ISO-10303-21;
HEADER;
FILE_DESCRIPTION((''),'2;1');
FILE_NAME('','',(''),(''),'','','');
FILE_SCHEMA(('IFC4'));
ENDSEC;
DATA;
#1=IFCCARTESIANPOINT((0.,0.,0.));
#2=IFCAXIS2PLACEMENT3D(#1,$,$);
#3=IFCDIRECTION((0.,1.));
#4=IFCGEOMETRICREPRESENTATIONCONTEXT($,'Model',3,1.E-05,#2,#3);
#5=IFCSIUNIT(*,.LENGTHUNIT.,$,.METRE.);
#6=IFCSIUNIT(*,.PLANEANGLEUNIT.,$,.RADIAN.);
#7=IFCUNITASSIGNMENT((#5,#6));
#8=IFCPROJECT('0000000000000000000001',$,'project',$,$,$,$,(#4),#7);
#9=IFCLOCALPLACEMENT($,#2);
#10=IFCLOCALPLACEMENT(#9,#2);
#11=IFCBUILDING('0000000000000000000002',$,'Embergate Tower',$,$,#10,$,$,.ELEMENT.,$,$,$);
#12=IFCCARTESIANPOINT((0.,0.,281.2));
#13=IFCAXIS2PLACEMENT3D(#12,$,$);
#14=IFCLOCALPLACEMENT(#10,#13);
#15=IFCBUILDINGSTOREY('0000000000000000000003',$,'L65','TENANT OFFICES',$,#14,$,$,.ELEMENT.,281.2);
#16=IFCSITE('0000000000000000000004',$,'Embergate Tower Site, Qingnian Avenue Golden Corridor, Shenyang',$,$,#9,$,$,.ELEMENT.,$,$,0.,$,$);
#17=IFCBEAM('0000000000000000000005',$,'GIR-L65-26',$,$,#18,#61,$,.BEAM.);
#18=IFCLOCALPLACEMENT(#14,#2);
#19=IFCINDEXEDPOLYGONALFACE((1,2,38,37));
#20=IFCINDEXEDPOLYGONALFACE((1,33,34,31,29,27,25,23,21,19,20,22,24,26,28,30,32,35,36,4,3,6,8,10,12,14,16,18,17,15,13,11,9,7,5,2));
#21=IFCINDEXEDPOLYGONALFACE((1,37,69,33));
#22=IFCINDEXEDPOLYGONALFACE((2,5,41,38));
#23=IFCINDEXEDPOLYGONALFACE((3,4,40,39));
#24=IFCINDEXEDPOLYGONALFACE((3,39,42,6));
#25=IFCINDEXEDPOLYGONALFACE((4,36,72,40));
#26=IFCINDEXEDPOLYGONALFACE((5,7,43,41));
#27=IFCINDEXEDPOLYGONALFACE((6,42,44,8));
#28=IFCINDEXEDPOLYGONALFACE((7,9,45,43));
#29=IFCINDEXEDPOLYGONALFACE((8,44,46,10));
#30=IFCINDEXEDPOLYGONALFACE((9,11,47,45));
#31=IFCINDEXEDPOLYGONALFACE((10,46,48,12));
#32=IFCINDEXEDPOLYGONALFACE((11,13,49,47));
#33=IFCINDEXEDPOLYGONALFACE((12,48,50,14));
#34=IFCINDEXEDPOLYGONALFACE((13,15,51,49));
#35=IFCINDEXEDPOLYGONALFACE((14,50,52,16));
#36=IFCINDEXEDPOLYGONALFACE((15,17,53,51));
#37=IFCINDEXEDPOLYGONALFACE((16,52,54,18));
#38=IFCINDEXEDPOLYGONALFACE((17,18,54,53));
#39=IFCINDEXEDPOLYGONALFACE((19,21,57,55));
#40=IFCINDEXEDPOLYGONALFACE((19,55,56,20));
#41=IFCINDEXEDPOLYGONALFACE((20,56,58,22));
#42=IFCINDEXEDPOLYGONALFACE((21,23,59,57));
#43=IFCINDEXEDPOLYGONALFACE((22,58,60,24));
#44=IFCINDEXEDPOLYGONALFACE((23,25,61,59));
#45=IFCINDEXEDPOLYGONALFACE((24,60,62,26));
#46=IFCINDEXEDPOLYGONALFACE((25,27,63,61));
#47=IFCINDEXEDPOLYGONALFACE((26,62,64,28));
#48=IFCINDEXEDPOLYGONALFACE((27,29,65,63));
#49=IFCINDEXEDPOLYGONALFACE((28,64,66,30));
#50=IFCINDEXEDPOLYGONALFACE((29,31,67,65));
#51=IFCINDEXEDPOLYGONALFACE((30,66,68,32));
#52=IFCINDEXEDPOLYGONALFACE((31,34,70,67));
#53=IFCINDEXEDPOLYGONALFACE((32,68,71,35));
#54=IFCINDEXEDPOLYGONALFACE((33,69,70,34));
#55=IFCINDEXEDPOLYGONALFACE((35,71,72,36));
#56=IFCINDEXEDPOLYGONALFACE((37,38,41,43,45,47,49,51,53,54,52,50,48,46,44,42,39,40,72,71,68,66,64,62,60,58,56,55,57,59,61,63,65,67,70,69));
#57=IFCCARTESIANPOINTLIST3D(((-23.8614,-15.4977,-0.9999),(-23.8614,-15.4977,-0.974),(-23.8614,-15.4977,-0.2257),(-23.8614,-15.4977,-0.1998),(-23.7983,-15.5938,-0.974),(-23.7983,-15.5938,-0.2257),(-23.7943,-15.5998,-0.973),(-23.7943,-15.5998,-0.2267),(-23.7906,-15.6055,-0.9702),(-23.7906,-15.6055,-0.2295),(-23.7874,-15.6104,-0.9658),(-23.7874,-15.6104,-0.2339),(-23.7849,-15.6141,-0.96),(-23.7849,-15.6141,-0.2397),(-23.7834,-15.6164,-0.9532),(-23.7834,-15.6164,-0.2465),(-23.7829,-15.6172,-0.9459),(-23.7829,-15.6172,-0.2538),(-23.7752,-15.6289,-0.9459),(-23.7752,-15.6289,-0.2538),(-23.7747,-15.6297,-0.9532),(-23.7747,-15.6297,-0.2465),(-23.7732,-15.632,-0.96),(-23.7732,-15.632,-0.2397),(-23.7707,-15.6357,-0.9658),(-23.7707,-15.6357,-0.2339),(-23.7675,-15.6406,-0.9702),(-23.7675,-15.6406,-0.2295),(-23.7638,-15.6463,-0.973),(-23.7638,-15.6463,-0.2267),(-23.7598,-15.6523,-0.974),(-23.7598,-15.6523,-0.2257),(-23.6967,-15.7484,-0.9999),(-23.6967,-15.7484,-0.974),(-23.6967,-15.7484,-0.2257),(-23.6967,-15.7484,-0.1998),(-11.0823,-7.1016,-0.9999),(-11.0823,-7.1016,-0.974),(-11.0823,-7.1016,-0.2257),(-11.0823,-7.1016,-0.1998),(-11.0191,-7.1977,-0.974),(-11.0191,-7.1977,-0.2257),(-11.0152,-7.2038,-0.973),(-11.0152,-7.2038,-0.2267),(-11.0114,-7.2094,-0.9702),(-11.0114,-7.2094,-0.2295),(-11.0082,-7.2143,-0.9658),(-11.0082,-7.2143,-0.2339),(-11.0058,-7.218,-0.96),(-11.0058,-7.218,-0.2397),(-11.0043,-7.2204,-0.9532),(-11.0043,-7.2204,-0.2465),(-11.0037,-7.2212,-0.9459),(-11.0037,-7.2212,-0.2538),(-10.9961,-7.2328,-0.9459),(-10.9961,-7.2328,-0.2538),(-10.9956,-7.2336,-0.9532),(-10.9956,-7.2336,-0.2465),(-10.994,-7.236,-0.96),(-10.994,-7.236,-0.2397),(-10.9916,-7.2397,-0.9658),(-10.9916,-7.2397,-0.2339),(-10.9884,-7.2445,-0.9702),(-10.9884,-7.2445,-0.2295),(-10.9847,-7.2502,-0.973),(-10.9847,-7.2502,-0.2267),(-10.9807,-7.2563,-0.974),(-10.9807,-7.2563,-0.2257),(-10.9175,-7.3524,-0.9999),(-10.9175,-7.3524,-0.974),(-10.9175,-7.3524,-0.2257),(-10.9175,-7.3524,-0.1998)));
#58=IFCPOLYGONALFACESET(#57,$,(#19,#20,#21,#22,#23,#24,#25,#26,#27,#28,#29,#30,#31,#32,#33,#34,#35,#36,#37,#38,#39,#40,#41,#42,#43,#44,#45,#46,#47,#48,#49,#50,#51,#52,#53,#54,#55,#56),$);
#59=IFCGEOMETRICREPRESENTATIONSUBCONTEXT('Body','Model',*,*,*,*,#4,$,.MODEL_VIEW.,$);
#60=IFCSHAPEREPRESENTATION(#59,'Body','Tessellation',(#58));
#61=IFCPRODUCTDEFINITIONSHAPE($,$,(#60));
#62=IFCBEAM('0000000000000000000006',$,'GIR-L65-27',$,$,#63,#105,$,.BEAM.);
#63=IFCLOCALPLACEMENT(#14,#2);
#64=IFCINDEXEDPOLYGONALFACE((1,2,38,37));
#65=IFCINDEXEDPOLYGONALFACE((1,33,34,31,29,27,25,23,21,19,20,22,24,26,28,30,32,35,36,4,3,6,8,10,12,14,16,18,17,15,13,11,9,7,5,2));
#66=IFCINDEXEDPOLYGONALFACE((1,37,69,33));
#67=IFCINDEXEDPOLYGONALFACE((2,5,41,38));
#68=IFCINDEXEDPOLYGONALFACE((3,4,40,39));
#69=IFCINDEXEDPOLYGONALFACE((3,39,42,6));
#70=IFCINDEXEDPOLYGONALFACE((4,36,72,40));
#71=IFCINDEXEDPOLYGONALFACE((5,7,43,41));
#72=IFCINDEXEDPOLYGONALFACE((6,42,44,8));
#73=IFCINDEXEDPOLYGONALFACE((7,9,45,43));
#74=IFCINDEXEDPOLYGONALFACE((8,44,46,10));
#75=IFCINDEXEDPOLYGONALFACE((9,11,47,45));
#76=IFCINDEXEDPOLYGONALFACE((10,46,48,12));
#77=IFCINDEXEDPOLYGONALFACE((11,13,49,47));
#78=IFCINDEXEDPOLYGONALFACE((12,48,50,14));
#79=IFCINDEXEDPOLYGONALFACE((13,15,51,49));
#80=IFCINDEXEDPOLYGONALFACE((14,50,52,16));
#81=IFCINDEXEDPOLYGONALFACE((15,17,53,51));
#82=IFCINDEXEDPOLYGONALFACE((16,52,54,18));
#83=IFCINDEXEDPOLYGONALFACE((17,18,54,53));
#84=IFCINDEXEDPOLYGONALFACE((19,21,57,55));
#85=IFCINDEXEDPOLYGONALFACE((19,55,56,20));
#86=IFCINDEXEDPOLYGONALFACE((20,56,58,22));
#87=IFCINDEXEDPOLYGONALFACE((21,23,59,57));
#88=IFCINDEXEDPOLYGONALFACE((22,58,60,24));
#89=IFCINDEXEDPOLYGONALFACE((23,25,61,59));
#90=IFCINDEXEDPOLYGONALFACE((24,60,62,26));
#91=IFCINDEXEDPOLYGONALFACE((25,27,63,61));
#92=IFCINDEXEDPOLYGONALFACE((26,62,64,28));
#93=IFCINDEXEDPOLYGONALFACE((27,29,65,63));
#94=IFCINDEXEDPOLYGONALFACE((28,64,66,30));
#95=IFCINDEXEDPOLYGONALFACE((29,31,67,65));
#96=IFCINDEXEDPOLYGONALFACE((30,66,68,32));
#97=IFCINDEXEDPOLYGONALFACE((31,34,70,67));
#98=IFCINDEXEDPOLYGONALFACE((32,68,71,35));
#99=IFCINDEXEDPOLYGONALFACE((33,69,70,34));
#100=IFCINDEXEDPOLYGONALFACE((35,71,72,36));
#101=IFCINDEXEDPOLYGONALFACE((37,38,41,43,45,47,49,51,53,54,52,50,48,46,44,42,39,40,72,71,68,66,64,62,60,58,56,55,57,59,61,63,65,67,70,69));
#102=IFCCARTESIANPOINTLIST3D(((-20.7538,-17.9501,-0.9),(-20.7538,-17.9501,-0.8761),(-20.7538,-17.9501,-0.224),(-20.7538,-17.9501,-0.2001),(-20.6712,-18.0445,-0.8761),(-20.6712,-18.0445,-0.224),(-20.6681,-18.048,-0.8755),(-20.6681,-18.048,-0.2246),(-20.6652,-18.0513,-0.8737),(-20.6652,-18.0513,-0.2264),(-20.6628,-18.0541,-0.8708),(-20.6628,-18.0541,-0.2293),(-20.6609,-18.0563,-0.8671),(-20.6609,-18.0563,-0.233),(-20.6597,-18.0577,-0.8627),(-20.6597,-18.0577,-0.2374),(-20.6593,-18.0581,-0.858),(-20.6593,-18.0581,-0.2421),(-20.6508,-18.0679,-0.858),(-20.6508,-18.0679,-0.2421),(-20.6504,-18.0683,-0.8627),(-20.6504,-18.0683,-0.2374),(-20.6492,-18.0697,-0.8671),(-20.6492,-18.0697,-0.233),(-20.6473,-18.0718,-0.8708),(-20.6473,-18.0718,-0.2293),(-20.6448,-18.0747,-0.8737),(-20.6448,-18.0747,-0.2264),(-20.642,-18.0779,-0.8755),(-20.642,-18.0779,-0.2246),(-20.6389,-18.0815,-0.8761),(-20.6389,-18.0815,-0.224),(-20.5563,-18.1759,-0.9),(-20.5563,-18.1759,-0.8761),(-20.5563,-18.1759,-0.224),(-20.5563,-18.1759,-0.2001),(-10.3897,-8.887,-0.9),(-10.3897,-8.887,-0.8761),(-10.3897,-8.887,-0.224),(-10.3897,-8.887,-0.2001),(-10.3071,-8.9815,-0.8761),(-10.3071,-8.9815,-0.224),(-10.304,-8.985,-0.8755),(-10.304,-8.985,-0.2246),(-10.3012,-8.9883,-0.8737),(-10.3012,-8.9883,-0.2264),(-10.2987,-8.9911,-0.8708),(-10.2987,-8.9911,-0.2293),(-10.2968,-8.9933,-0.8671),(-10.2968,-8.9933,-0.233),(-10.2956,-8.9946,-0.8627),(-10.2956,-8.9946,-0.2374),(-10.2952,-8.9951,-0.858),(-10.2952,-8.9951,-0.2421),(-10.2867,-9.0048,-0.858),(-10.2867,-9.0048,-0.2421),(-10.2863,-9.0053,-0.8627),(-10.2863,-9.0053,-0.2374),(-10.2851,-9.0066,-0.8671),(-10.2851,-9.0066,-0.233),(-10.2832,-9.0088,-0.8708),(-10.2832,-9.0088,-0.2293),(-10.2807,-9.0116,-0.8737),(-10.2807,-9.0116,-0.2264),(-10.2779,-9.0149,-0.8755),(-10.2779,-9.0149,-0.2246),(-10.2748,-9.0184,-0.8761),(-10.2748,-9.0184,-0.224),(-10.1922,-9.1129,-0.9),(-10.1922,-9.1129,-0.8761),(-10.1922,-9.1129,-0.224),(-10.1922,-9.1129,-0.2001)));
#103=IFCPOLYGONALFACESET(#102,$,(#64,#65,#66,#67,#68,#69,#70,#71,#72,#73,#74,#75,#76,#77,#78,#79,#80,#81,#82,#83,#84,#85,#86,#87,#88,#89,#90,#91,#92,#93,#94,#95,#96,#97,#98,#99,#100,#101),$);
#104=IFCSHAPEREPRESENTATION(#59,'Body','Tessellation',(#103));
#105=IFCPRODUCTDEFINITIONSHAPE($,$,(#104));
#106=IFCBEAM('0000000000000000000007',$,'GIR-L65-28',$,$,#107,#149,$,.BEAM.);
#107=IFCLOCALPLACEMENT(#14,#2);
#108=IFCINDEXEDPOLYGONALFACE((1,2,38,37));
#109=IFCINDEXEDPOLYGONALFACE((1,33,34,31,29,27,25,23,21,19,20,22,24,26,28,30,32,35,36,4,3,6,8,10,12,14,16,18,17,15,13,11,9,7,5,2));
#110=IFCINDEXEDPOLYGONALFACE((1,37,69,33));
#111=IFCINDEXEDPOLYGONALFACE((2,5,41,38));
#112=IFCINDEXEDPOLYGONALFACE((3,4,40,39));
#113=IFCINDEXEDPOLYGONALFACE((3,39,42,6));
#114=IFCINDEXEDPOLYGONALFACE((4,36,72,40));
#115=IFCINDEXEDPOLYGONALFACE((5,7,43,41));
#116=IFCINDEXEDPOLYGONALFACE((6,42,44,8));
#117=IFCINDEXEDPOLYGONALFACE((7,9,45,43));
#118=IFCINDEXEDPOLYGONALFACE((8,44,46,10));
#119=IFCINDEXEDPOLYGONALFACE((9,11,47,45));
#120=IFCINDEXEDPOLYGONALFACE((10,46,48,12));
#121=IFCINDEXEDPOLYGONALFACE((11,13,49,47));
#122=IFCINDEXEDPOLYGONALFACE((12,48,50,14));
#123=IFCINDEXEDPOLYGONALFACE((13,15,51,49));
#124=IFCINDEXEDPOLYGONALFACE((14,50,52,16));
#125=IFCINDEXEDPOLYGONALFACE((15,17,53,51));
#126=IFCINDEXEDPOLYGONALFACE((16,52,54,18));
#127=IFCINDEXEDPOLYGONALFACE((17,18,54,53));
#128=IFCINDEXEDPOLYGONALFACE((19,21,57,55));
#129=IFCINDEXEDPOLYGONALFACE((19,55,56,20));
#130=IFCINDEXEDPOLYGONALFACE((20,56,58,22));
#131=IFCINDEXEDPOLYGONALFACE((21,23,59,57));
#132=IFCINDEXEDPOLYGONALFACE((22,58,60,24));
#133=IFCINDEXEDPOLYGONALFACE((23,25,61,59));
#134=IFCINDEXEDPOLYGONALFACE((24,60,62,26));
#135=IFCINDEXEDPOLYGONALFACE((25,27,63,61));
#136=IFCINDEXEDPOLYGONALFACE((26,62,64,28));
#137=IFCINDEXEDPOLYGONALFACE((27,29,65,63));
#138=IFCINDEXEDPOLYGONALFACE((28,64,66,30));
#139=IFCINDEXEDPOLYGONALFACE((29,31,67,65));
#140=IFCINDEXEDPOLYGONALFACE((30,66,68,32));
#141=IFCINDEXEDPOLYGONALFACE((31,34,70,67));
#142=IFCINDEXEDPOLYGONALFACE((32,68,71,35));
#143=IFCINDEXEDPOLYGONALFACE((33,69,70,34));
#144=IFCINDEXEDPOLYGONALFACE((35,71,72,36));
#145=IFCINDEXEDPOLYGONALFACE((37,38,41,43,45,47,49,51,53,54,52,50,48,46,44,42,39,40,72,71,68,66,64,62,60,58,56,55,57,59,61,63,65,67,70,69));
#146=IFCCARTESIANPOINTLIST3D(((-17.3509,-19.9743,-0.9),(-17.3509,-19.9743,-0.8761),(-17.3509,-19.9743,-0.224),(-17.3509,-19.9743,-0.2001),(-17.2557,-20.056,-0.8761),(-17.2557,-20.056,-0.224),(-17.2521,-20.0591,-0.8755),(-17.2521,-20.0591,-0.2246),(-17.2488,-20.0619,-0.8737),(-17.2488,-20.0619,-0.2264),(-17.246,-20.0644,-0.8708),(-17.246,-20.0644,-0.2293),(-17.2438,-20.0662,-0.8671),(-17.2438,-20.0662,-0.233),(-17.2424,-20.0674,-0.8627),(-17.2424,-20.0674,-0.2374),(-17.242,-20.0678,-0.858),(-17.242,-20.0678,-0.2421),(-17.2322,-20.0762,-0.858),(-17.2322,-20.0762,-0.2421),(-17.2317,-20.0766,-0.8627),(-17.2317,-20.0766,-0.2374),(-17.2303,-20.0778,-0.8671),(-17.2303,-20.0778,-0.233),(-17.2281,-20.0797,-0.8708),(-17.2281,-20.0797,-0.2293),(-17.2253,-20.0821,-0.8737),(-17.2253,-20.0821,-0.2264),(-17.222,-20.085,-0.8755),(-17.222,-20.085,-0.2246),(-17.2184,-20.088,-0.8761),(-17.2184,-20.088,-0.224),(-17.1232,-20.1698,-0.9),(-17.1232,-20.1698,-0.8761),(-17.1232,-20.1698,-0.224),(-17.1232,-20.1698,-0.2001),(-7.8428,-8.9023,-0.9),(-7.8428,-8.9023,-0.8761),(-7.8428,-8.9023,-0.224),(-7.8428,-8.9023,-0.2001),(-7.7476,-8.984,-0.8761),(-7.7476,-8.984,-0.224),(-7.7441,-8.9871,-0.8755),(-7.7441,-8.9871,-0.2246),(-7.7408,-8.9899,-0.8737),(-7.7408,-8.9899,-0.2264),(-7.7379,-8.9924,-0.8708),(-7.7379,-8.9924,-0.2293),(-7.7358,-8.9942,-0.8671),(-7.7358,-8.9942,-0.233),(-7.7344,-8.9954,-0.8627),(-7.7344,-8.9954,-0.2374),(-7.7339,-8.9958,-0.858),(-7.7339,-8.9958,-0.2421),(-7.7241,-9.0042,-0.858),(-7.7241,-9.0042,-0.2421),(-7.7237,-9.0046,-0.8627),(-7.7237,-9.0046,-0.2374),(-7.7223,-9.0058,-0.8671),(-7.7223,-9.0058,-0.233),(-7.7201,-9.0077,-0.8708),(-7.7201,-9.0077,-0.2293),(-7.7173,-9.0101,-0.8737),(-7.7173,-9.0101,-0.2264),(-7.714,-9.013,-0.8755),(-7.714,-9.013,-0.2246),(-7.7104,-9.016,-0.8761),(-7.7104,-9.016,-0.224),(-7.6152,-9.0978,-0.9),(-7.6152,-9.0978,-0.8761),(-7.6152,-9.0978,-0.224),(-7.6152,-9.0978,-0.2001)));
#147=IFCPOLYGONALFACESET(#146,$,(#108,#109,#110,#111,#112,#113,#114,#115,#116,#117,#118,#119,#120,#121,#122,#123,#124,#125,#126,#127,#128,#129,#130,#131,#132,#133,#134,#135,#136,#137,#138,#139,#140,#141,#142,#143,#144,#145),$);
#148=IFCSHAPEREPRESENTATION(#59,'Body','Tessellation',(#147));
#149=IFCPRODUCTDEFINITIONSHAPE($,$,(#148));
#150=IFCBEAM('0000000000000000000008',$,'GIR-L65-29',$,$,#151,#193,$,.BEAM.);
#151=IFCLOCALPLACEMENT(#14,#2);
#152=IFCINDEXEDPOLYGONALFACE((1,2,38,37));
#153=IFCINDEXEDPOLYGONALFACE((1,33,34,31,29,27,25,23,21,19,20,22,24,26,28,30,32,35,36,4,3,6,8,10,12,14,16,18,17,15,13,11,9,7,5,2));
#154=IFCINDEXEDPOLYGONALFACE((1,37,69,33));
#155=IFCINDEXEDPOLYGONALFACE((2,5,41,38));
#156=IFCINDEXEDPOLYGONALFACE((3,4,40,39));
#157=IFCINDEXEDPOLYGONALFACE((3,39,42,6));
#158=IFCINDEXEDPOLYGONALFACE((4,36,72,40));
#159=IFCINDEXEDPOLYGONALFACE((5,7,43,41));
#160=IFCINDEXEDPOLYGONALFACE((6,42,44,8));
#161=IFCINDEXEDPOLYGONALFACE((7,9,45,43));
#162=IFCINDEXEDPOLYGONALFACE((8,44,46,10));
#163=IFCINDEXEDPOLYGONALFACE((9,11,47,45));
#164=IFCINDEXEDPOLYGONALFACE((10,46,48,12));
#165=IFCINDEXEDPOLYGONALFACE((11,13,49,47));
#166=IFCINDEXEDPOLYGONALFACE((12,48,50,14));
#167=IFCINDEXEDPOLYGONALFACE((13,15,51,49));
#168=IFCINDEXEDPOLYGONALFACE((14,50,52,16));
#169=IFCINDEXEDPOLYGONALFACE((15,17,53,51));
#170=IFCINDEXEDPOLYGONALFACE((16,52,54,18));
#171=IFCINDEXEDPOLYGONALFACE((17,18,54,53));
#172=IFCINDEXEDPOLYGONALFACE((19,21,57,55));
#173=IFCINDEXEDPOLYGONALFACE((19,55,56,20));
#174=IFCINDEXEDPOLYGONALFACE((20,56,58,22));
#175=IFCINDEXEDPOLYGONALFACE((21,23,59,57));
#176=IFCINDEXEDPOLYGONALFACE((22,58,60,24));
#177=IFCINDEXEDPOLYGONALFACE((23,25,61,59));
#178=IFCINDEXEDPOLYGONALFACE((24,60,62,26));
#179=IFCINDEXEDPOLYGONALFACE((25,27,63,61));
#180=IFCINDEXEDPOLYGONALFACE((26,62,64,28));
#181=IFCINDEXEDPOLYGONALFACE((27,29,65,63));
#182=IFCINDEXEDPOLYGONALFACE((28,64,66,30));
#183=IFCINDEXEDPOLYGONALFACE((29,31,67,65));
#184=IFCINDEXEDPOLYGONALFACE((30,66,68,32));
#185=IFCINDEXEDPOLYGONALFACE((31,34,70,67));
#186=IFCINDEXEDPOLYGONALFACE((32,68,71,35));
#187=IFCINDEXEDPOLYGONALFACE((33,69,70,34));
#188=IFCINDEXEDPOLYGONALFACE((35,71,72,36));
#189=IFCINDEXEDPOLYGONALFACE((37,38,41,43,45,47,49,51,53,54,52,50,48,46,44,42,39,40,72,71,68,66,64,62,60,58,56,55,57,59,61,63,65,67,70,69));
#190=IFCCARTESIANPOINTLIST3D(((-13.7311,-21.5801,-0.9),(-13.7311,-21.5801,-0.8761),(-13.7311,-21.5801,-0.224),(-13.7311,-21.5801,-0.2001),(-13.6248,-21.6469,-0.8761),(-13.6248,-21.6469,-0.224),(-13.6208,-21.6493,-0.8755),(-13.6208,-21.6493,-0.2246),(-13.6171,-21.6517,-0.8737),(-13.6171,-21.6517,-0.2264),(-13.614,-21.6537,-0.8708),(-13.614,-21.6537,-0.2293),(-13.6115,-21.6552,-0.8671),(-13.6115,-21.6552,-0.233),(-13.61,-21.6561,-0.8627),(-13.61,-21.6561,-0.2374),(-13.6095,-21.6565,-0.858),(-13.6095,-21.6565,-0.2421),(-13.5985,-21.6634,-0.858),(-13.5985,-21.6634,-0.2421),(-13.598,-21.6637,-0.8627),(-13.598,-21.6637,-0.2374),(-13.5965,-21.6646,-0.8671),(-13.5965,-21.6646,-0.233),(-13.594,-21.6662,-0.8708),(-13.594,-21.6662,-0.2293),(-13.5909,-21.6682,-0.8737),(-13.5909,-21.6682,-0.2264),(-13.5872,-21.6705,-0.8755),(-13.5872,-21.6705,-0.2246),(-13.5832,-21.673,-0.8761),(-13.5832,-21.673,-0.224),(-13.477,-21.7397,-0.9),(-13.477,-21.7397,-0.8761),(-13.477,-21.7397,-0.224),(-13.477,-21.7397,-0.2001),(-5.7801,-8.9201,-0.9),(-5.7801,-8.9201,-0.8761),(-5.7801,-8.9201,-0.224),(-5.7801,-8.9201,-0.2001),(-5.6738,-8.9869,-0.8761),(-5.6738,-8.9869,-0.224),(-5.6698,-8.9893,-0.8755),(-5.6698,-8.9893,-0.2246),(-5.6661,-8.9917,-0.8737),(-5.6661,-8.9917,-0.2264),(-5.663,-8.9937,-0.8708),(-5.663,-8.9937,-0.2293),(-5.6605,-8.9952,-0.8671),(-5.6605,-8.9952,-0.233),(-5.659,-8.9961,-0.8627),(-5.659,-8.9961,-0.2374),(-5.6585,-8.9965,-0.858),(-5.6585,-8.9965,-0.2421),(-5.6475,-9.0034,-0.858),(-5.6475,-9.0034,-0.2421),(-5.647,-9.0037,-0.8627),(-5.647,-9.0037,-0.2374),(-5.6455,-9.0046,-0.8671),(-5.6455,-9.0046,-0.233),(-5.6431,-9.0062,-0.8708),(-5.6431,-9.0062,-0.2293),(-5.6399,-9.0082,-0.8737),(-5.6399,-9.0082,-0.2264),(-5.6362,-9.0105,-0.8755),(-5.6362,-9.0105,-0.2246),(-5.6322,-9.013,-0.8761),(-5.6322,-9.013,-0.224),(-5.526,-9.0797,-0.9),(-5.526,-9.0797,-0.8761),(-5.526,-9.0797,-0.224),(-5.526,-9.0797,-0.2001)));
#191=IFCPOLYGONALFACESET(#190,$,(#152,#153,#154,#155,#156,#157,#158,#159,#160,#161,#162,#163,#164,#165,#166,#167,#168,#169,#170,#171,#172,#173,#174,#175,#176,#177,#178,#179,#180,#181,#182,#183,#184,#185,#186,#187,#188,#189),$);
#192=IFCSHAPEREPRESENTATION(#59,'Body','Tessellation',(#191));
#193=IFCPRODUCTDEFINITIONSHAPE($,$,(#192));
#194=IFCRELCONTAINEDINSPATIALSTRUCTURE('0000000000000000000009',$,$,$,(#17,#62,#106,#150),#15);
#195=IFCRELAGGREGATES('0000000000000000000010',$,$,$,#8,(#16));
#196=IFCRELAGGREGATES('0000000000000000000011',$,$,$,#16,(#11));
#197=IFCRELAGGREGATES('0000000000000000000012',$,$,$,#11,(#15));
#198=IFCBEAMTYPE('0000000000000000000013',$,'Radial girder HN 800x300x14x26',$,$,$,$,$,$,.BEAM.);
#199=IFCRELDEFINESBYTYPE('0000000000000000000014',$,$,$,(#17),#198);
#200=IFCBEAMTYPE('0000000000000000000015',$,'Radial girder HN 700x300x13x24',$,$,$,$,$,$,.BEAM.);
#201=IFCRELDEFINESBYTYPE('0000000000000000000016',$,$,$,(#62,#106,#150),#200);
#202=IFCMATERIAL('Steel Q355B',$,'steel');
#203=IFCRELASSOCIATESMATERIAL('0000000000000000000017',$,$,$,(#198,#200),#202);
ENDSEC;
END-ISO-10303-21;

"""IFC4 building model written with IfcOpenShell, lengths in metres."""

from ifc_helpers import new_model, si_unit, direction, frame, origin, origin_2d, place, context, subcontext, project, spatial, i_section, extrude, source, transform, mapped, material, material_profile, profile_set, type_object, element, save


model = new_model("IFC4")

# Units and contexts
model_context = context("Model", 3, precision=1e-05, world=origin(), true_north=direction((0.0, 1.0)))
body_context = subcontext(model_context, "Body", "Model", "MODEL_VIEW")
ifc_project = project(units=[si_unit("LENGTHUNIT", "METRE"), si_unit("PLANEANGLEUNIT", "RADIAN")], contexts=[model_context])

# Site, building, storey
site_placement = place(None, origin())
site = spatial("IfcSite", under=ifc_project, at=site_placement, Name="Embergate Tower Site, Qingnian Avenue Golden Corridor, Shenyang", CompositionType="ELEMENT", RefElevation=0.0)
building_placement = place(site_placement, origin())
building = spatial("IfcBuilding", under=site, at=building_placement, Name="Embergate Tower", CompositionType="ELEMENT")
storey_placement = place(building_placement, frame((0.0, 0.0, 281.2)))
storey = spatial("IfcBuildingStorey", under=building, at=storey_placement, Name="L65", Description="TENANT OFFICES", CompositionType="ELEMENT", Elevation=281.2)

# Beams
ifc_material_1 = material(Name="Steel Q355B", Category="steel")
ifc_material_profile_1 = material_profile(ifc_material_1, i_section(OverallWidth=0.3, OverallDepth=0.8, WebThickness=0.0139, FlangeThickness=0.0259, FilletRadius=0.0281, at=origin_2d()), Name="HN 800x300x14x26")
ifc_profile_set_1 = profile_set([ifc_material_profile_1], Name="Steel Q355 grade B")
beam_type_1 = type_object("IfcBeamType", Name="Radial girder HN 800x300x14x26", PredefinedType="BEAM", material=ifc_profile_set_1)
shared_shape_1 = source(origin(), body_context, "Body", "SweptSolid", [
    extrude(i_section(OverallWidth=0.3, OverallDepth=0.8, WebThickness=0.0139, FlangeThickness=0.0259, FilletRadius=0.0281, at=origin_2d()), origin(), (0.0, 0.0, 1.0), 15.2905),
])
beam_1_placement = place(storey_placement, frame((-23.7791, -15.623, -0.5999), z_axis=(0.835756, 0.549102, 0.0), x_axis=(-0.549102, 0.835756, 0.0)))
element("IfcBeam", 1, at=beam_1_placement, inside=storey, type_object=beam_type_1, Name="GIR-L65-26", PredefinedType="BEAM", context=body_context, shape_type="MappedRepresentation", body=[
    mapped(shared_shape_1, transform((0.0, 0.0, 0.0))),
])
ifc_material_profile_2 = material_profile(ifc_material_1, i_section(OverallWidth=0.3, OverallDepth=0.7, WebThickness=0.0129, FlangeThickness=0.0239, FilletRadius=0.0181, at=origin_2d()), Name="HN 700x300x13x24")
ifc_profile_set_2 = profile_set([ifc_material_profile_2], Name="Steel Q355 grade B")
beam_type_2 = type_object("IfcBeamType", Name="Radial girder HN 700x300x13x24", PredefinedType="BEAM", material=ifc_profile_set_2)
shared_shape_2 = source(origin(), body_context, "Body", "SweptSolid", [
    extrude(i_section(OverallWidth=0.3, OverallDepth=0.7, WebThickness=0.0129, FlangeThickness=0.0239, FilletRadius=0.0181, at=origin_2d()), origin(), (0.0, 0.0, 1.0), 13.7678),
])
beam_2_placement = place(storey_placement, frame((-20.655, -18.063, -0.55), z_axis=(0.752775, 0.658277, 0.0), x_axis=(-0.658277, 0.752775, 0.0)))
element("IfcBeam", 2, at=beam_2_placement, inside=storey, type_object=beam_type_2, Name="GIR-L65-27", PredefinedType="BEAM", context=body_context, shape_type="MappedRepresentation", body=[
    mapped(shared_shape_2, transform((0.0, 0.0, 0.0))),
])
shared_shape_3 = source(origin(), body_context, "Body", "SweptSolid", [
    extrude(i_section(OverallWidth=0.3, OverallDepth=0.7, WebThickness=0.0129, FlangeThickness=0.0239, FilletRadius=0.0181, at=origin_2d()), origin(), (0.0, 0.0, 1.0), 14.5942),
])
beam_3_placement = place(storey_placement, frame((-17.2371, -20.072, -0.55), z_axis=(0.651492, 0.758655, 0.0), x_axis=(-0.758655, 0.651492, 0.0)))
element("IfcBeam", 3, at=beam_3_placement, inside=storey, type_object=beam_type_2, Name="GIR-L65-28", PredefinedType="BEAM", context=body_context, shape_type="MappedRepresentation", body=[
    mapped(shared_shape_3, transform((0.0, 0.0, 0.0))),
])
shared_shape_4 = source(origin(), body_context, "Body", "SweptSolid", [
    extrude(i_section(OverallWidth=0.3, OverallDepth=0.7, WebThickness=0.0129, FlangeThickness=0.0239, FilletRadius=0.0181, at=origin_2d()), origin(), (0.0, 0.0, 1.0), 14.9497),
])
beam_4_placement = place(storey_placement, frame((-13.604, -21.6599, -0.55), z_axis=(0.531849, 0.846839, 0.0), x_axis=(-0.846839, 0.531849, 0.0)))
element("IfcBeam", 4, at=beam_4_placement, inside=storey, type_object=beam_type_2, Name="GIR-L65-29", PredefinedType="BEAM", context=body_context, shape_type="MappedRepresentation", body=[
    mapped(shared_shape_4, transform((0.0, 0.0, 0.0))),
])

save(model, "model.ifc")
